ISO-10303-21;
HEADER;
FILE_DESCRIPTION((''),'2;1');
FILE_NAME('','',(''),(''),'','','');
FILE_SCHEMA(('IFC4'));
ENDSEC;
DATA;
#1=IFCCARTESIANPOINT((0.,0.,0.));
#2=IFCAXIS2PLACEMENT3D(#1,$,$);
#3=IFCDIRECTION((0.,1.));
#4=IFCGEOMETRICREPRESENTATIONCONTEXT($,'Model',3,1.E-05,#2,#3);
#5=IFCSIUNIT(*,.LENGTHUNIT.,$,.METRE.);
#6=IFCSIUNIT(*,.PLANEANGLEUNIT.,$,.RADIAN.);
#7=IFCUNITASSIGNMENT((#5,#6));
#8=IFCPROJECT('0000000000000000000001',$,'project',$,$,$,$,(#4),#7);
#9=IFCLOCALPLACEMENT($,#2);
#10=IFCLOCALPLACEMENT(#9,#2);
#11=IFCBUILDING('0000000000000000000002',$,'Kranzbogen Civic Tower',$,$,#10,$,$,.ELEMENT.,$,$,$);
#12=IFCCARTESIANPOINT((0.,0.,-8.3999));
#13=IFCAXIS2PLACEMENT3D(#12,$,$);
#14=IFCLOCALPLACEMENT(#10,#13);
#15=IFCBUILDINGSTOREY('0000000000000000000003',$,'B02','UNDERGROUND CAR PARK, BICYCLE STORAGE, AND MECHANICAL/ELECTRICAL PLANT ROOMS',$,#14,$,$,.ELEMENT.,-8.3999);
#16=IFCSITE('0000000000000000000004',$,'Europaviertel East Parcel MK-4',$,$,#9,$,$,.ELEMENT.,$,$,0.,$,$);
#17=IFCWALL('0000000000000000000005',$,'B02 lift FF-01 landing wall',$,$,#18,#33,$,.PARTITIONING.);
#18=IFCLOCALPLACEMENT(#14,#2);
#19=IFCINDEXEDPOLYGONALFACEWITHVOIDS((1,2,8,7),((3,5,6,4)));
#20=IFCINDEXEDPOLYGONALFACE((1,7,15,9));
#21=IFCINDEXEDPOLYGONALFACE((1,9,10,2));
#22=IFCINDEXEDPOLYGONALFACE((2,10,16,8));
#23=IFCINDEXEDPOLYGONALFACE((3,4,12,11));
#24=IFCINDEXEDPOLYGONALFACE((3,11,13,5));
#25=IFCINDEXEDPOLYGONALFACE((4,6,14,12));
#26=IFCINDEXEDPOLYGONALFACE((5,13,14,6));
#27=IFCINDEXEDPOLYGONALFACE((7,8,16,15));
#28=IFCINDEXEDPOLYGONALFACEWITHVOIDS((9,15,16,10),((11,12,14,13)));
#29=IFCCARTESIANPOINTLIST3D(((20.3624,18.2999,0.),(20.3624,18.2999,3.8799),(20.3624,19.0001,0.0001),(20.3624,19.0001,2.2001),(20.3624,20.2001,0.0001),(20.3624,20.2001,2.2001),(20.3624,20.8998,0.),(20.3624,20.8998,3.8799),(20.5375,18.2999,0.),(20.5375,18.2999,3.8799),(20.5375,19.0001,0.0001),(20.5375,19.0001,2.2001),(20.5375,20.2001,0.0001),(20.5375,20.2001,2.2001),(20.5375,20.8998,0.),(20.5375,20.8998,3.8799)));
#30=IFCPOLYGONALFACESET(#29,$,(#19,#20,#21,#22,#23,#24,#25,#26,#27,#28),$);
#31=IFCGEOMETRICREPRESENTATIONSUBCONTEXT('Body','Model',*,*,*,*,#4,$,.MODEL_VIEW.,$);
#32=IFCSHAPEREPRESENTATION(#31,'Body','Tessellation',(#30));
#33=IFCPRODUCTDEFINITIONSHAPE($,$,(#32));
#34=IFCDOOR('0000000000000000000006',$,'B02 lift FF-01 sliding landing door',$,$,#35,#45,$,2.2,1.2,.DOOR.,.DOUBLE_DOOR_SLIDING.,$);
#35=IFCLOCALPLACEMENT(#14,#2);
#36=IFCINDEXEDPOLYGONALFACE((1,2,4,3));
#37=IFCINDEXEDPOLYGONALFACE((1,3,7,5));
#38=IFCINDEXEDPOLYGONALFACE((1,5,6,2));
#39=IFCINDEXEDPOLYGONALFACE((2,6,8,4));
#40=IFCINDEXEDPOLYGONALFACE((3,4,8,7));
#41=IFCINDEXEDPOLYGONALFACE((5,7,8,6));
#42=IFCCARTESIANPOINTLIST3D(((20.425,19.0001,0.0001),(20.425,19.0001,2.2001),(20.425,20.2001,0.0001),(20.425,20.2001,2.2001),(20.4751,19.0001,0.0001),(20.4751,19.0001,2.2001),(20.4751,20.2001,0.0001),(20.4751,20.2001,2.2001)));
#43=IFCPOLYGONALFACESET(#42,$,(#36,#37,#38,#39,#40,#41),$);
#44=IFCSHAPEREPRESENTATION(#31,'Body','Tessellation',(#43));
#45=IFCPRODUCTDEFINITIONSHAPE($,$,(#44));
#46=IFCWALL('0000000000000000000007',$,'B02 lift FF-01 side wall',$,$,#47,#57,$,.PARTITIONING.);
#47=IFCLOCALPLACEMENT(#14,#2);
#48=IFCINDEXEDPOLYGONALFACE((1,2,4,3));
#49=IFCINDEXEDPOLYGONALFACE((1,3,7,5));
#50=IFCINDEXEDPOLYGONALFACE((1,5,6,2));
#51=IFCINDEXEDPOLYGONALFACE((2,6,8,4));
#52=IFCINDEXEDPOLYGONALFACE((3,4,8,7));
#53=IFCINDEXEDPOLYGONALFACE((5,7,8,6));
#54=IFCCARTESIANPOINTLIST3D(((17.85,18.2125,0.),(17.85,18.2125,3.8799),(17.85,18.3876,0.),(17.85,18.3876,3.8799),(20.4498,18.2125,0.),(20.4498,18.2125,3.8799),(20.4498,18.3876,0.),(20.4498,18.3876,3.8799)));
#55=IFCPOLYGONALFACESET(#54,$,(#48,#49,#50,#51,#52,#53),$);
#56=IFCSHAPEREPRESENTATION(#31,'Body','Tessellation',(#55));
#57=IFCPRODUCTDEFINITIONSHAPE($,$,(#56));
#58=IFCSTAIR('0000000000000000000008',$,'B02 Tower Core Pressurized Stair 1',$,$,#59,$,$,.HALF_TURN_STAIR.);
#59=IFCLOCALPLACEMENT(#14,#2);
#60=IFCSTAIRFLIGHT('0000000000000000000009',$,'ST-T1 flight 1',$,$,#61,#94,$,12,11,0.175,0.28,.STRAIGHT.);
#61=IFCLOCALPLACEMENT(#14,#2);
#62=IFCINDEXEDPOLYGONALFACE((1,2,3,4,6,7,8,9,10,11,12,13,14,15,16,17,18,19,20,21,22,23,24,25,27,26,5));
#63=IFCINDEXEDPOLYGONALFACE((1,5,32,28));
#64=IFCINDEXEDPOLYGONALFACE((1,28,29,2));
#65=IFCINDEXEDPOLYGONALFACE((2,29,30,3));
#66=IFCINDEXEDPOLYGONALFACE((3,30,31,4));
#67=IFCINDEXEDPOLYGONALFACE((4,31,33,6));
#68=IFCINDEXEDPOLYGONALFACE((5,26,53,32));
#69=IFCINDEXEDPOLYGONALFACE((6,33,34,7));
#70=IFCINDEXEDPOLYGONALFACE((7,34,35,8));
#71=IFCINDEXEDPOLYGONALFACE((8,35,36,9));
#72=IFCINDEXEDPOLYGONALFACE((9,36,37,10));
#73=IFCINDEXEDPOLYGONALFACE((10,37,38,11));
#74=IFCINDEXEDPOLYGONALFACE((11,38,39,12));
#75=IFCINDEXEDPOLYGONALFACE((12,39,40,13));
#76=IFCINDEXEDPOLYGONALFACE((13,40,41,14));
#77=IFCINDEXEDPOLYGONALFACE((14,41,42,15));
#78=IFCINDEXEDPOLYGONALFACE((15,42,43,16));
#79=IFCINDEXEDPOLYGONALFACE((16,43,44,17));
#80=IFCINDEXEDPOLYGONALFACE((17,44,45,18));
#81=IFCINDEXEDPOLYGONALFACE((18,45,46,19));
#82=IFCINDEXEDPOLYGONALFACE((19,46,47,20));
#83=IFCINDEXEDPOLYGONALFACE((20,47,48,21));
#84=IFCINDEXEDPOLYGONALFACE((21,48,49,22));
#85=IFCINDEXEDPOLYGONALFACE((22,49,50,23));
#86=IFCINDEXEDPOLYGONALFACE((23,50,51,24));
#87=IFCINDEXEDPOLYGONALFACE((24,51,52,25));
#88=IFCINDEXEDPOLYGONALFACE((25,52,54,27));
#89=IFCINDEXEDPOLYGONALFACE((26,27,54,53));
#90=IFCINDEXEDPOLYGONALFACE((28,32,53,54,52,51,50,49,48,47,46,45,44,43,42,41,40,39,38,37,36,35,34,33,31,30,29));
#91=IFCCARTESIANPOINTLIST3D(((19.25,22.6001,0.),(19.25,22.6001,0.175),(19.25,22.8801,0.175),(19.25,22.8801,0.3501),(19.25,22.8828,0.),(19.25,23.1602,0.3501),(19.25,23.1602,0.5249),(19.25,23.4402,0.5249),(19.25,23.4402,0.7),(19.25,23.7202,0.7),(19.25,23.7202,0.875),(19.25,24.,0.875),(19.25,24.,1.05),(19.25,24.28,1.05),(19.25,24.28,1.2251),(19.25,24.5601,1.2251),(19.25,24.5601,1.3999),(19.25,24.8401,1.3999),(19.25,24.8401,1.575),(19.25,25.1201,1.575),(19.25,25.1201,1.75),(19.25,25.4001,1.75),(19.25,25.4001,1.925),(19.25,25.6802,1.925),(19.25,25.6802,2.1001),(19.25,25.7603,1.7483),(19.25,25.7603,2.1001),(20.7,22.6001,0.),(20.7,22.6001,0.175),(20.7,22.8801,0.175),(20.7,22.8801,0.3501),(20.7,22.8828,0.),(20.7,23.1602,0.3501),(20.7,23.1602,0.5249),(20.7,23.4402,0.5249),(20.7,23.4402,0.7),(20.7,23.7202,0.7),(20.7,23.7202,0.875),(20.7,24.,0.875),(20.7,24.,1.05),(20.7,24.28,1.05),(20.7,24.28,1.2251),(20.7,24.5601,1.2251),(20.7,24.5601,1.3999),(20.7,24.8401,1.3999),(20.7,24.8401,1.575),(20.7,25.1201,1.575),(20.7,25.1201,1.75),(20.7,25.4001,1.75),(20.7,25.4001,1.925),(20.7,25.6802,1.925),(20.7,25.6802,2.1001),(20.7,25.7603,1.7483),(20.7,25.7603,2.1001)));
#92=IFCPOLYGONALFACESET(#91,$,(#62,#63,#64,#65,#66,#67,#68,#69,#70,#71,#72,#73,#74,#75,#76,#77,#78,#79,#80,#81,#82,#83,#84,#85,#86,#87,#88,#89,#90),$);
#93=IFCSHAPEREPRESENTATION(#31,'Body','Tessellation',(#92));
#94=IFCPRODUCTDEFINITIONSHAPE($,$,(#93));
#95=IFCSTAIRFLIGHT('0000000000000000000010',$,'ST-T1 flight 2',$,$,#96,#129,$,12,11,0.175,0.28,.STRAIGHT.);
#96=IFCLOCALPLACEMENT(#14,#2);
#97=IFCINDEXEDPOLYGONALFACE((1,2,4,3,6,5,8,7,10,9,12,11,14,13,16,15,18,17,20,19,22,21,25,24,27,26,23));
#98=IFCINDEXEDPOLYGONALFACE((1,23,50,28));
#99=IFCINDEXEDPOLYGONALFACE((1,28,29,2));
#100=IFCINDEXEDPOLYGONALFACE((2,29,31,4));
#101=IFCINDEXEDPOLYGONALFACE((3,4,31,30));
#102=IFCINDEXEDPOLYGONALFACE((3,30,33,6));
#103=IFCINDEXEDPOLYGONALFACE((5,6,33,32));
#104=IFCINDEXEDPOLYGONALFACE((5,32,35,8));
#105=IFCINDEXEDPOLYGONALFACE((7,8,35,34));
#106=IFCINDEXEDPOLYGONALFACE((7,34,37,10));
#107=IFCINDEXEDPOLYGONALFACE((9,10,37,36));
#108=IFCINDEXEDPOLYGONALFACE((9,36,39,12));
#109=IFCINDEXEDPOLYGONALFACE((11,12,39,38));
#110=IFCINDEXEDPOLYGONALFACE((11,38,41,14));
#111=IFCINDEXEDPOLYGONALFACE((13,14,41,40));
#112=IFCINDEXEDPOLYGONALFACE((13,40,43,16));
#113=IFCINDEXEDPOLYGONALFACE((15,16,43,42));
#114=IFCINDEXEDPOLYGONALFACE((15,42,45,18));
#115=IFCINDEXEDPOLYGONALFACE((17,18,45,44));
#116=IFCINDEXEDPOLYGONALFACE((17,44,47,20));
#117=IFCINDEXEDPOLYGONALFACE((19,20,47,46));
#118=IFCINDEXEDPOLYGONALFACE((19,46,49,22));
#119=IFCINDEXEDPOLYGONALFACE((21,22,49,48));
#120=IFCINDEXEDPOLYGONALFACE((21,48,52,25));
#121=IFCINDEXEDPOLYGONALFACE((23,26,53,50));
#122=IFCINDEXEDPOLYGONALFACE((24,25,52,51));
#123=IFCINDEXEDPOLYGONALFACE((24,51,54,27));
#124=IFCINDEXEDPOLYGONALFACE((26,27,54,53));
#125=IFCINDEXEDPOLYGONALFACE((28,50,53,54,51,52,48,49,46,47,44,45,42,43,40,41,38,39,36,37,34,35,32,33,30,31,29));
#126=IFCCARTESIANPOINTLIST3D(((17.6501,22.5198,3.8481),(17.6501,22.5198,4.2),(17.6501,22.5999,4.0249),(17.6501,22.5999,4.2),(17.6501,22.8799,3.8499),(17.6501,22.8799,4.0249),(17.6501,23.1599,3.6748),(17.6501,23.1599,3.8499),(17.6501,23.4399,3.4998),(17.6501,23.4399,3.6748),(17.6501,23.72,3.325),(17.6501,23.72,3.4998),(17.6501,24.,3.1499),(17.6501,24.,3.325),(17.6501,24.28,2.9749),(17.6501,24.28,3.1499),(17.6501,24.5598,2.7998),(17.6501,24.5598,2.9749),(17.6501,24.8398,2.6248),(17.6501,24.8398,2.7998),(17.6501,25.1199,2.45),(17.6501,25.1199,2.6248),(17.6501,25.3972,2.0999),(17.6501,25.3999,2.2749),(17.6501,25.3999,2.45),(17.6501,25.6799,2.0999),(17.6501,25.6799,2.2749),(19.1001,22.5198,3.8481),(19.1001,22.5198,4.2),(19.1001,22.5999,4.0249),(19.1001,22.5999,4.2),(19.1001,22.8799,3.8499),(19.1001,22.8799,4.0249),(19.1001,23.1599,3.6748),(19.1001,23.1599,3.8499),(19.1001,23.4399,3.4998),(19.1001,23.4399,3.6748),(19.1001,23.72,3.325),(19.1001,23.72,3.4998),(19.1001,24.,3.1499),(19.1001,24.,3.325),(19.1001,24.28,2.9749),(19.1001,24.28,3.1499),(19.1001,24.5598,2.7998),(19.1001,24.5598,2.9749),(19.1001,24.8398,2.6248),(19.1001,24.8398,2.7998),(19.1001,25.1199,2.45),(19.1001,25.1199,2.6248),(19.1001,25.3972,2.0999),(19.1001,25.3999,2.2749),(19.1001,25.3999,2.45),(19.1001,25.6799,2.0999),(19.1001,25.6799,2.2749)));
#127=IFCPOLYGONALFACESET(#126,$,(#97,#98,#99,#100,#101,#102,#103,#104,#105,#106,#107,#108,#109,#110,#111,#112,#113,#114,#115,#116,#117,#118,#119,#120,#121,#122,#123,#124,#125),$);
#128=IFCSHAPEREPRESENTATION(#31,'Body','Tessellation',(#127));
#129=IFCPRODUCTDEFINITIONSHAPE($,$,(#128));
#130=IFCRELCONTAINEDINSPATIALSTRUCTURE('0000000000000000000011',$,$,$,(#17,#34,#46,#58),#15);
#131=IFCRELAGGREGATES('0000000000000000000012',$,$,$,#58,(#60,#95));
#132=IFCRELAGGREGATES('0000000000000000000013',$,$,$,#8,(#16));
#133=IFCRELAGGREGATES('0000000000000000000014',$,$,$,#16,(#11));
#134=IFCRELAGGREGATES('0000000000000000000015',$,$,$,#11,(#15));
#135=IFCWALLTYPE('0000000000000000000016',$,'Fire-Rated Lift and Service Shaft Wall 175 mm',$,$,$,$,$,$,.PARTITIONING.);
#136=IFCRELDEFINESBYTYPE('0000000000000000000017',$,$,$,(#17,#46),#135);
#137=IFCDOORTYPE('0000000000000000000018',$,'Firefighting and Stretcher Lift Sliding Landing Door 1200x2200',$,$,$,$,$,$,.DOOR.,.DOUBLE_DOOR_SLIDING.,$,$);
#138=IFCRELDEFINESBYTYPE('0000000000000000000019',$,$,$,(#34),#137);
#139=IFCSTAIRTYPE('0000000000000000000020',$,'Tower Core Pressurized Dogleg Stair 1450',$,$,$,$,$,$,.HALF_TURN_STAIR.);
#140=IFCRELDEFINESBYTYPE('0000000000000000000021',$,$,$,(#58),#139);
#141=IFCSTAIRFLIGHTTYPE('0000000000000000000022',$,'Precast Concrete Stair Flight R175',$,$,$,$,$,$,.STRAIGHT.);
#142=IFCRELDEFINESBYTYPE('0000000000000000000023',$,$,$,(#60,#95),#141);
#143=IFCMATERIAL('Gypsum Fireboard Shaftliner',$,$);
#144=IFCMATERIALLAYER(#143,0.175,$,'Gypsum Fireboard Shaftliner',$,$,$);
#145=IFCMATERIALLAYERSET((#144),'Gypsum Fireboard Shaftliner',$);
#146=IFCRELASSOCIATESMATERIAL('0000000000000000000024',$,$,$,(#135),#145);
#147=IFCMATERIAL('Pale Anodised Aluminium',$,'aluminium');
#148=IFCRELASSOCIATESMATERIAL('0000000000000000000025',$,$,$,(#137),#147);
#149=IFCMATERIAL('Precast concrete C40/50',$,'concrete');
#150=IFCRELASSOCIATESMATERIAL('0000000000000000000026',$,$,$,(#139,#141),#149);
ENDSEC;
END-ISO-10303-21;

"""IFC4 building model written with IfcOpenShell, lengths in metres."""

from ifc_helpers import new_model, si_unit, direction, frame, frame_2d, origin, place, context, subcontext, project, spatial, polyline, rectangle, outline, extrude, material, layer, layer_set, type_object, element, fill, aggregate, save


model = new_model("IFC4")

# Units and contexts
model_context = context("Model", 3, precision=1e-05, world=origin(), true_north=direction((0.0, 1.0)))
body_context = subcontext(model_context, "Body", "Model", "MODEL_VIEW")
ifc_project = project(units=[si_unit("LENGTHUNIT", "METRE"), si_unit("PLANEANGLEUNIT", "RADIAN")], contexts=[model_context])

# Site, building, storey
site_placement = place(None, origin())
site = spatial("IfcSite", under=ifc_project, at=site_placement, Name="Europaviertel East Parcel MK-4", CompositionType="ELEMENT", RefElevation=0.0)
building_placement = place(site_placement, origin())
building = spatial("IfcBuilding", under=site, at=building_placement, Name="Kranzbogen Civic Tower", CompositionType="ELEMENT")
storey_placement = place(building_placement, frame((0.0, 0.0, -8.3999)))
storey = spatial("IfcBuildingStorey", under=building, at=storey_placement, Name="B02", Description="UNDERGROUND CAR PARK, BICYCLE STORAGE, AND MECHANICAL/ELECTRICAL PLANT ROOMS", CompositionType="ELEMENT", Elevation=-8.3999)

# Shared definitions
ifc_material_1 = material(Name="Pale Anodised Aluminium", Category="aluminium")

# Wall, opening, door
ifc_material_2 = material(Name="Gypsum Fireboard Shaftliner")
ifc_layer_1 = layer(ifc_material_2, 0.175, Name="Gypsum Fireboard Shaftliner")
ifc_layer_set_1 = layer_set([ifc_layer_1], Name="Gypsum Fireboard Shaftliner")
wall_type_1 = type_object("IfcWallType", Name="Fire-Rated Lift and Service Shaft Wall 175 mm", PredefinedType="PARTITIONING", material=ifc_layer_set_1)
wall_1_placement = place(storey_placement, frame((20.45, 18.3, 0.0), z_axis=(0.0, 0.0, 1.0), x_axis=(0.0, 1.0, 0.0)))
wall_1 = element("IfcWall", 1, at=wall_1_placement, inside=storey, type_object=wall_type_1, Name="B02 lift FF-01 landing wall", PredefinedType="PARTITIONING", context=body_context, shape_type="SweptSolid", body=[
    extrude(rectangle(XDim=2.5999, YDim=0.175, at=frame_2d((1.2998, 0.0))), origin(), (0.0, 0.0, 1.0), 3.8799),
])
opening_1_placement = place(wall_1_placement, frame((0.7, 0.0, 0.0)))
opening_1 = element("IfcOpeningElement", 2, at=opening_1_placement, cuts=wall_1, PredefinedType="OPENING", context=body_context, shape_type="SweptSolid", body=[
    extrude(rectangle(XDim=1.2, YDim=2.2, at=frame_2d((0.6001, 1.1001))), frame((0.0, 0.0977, 0.0), z_axis=(0.0, -1.0, 0.0), x_axis=(1.0, 0.0, 0.0)), (0.0, 0.0, 1.0), 0.1951),
])
door_type_1 = type_object("IfcDoorType", Name="Firefighting and Stretcher Lift Sliding Landing Door 1200x2200", OperationType="DOUBLE_DOOR_SLIDING", PredefinedType="DOOR", material=ifc_material_1)
door_1_placement = place(opening_1_placement, origin())
door_1 = element("IfcDoor", 3, at=door_1_placement, inside=storey, type_object=door_type_1, Name="B02 lift FF-01 sliding landing door", OperationType="DOUBLE_DOOR_SLIDING", OverallHeight=2.2, OverallWidth=1.2, PredefinedType="DOOR", context=body_context, shape_type="SweptSolid", body=[
    extrude(rectangle(XDim=1.2, YDim=2.2, at=frame_2d((0.6001, 1.1001))), frame((0.0, 0.0249, 0.0), z_axis=(0.0, -1.0, 0.0), x_axis=(1.0, 0.0, 0.0)), (0.0, 0.0, 1.0), 0.05),
])
fill(opening_1, door_1)

# Wall
wall_2_placement = place(storey_placement, frame((17.8501, 18.3, 0.0), z_axis=(0.0, 0.0, 1.0), x_axis=(1.0, 0.0, 0.0)))
element("IfcWall", 4, at=wall_2_placement, inside=storey, type_object=wall_type_1, Name="B02 lift FF-01 side wall", PredefinedType="PARTITIONING", context=body_context, shape_type="SweptSolid", body=[
    extrude(rectangle(XDim=2.5999, YDim=0.175, at=frame_2d((1.2998, 0.0))), origin(), (0.0, 0.0, 1.0), 3.8799),
])

# Stair, stair flights
ifc_material_3 = material(Name="Precast concrete C40/50", Category="concrete")
stair_type = type_object("IfcStairType", Name="Tower Core Pressurized Dogleg Stair 1450", PredefinedType="HALF_TURN_STAIR", material=ifc_material_3)
stair_placement = place(storey_placement, origin())
stair = element("IfcStair", 5, at=stair_placement, inside=storey, type_object=stair_type, Name="B02 Tower Core Pressurized Stair 1", PredefinedType="HALF_TURN_STAIR")
stair_flight_type = type_object("IfcStairFlightType", Name="Precast Concrete Stair Flight R175", PredefinedType="STRAIGHT", material=ifc_material_3)
stair_flight_1_placement = place(storey_placement, frame((19.9751, 22.6001, 0.0), z_axis=(0.0, 0.0, 1.0), x_axis=(0.0, 1.0, 0.0)))
stair_flight_1 = element("IfcStairFlight", 6, at=stair_flight_1_placement, type_object=stair_flight_type, Name="ST-T1 flight 1", NumberOfRisers=12, NumberOfTreads=11, PredefinedType="STRAIGHT", RiserHeight=0.175, TreadLength=0.28, context=body_context, shape_type="SweptSolid", body=[
    extrude(outline(polyline([(0.0, 0.0), (0.0, 0.175), (0.28, 0.175), (0.28, 0.3501), (0.5601, 0.3501), (0.5601, 0.5249), (0.8401, 0.5249), (0.8401, 0.7), (1.1201, 0.7), (1.1201, 0.875), (1.3999, 0.875), (1.3999, 1.05), (1.6799, 1.05), (1.6799, 1.2251), (1.96, 1.2251), (1.96, 1.3999), (2.24, 1.3999), (2.24, 1.575), (2.52, 1.575), (2.52, 1.75), (2.8, 1.75), (2.8, 1.925), (3.0801, 1.925), (3.0801, 2.1001), (3.1602, 2.1001), (3.1602, 1.7483), (0.2827, 0.0), (0.0, 0.0)])), frame((0.0, 0.7251, 0.0), z_axis=(0.0, -1.0, 0.0), x_axis=(1.0, 0.0, 0.0)), (0.0, 0.0, 1.0), 1.45),
])
stair_flight_2_placement = place(storey_placement, frame((18.375, 25.6799, 2.0999), z_axis=(0.0, 0.0, 1.0), x_axis=(0.0, -1.0, 0.0)))
stair_flight_2 = element("IfcStairFlight", 7, at=stair_flight_2_placement, type_object=stair_flight_type, Name="ST-T1 flight 2", NumberOfRisers=12, NumberOfTreads=11, PredefinedType="STRAIGHT", RiserHeight=0.175, TreadLength=0.28, context=body_context, shape_type="SweptSolid", body=[
    extrude(outline(polyline([(0.0, 0.0), (0.0, 0.175), (0.28, 0.175), (0.28, 0.3501), (0.5601, 0.3501), (0.5601, 0.5249), (0.8401, 0.5249), (0.8401, 0.7), (1.1201, 0.7), (1.1201, 0.875), (1.3999, 0.875), (1.3999, 1.05), (1.6799, 1.05), (1.6799, 1.2251), (1.96, 1.2251), (1.96, 1.3999), (2.24, 1.3999), (2.24, 1.575), (2.52, 1.575), (2.52, 1.75), (2.8, 1.75), (2.8, 1.925), (3.0801, 1.925), (3.0801, 2.1001), (3.1602, 2.1001), (3.1602, 1.7483), (0.2827, 0.0), (0.0, 0.0)])), frame((0.0, 0.7251, 0.0), z_axis=(0.0, -1.0, 0.0), x_axis=(1.0, 0.0, 0.0)), (0.0, 0.0, 1.0), 1.45),
])
aggregate(stair, [stair_flight_1, stair_flight_2])

save(model, "model.ifc")
